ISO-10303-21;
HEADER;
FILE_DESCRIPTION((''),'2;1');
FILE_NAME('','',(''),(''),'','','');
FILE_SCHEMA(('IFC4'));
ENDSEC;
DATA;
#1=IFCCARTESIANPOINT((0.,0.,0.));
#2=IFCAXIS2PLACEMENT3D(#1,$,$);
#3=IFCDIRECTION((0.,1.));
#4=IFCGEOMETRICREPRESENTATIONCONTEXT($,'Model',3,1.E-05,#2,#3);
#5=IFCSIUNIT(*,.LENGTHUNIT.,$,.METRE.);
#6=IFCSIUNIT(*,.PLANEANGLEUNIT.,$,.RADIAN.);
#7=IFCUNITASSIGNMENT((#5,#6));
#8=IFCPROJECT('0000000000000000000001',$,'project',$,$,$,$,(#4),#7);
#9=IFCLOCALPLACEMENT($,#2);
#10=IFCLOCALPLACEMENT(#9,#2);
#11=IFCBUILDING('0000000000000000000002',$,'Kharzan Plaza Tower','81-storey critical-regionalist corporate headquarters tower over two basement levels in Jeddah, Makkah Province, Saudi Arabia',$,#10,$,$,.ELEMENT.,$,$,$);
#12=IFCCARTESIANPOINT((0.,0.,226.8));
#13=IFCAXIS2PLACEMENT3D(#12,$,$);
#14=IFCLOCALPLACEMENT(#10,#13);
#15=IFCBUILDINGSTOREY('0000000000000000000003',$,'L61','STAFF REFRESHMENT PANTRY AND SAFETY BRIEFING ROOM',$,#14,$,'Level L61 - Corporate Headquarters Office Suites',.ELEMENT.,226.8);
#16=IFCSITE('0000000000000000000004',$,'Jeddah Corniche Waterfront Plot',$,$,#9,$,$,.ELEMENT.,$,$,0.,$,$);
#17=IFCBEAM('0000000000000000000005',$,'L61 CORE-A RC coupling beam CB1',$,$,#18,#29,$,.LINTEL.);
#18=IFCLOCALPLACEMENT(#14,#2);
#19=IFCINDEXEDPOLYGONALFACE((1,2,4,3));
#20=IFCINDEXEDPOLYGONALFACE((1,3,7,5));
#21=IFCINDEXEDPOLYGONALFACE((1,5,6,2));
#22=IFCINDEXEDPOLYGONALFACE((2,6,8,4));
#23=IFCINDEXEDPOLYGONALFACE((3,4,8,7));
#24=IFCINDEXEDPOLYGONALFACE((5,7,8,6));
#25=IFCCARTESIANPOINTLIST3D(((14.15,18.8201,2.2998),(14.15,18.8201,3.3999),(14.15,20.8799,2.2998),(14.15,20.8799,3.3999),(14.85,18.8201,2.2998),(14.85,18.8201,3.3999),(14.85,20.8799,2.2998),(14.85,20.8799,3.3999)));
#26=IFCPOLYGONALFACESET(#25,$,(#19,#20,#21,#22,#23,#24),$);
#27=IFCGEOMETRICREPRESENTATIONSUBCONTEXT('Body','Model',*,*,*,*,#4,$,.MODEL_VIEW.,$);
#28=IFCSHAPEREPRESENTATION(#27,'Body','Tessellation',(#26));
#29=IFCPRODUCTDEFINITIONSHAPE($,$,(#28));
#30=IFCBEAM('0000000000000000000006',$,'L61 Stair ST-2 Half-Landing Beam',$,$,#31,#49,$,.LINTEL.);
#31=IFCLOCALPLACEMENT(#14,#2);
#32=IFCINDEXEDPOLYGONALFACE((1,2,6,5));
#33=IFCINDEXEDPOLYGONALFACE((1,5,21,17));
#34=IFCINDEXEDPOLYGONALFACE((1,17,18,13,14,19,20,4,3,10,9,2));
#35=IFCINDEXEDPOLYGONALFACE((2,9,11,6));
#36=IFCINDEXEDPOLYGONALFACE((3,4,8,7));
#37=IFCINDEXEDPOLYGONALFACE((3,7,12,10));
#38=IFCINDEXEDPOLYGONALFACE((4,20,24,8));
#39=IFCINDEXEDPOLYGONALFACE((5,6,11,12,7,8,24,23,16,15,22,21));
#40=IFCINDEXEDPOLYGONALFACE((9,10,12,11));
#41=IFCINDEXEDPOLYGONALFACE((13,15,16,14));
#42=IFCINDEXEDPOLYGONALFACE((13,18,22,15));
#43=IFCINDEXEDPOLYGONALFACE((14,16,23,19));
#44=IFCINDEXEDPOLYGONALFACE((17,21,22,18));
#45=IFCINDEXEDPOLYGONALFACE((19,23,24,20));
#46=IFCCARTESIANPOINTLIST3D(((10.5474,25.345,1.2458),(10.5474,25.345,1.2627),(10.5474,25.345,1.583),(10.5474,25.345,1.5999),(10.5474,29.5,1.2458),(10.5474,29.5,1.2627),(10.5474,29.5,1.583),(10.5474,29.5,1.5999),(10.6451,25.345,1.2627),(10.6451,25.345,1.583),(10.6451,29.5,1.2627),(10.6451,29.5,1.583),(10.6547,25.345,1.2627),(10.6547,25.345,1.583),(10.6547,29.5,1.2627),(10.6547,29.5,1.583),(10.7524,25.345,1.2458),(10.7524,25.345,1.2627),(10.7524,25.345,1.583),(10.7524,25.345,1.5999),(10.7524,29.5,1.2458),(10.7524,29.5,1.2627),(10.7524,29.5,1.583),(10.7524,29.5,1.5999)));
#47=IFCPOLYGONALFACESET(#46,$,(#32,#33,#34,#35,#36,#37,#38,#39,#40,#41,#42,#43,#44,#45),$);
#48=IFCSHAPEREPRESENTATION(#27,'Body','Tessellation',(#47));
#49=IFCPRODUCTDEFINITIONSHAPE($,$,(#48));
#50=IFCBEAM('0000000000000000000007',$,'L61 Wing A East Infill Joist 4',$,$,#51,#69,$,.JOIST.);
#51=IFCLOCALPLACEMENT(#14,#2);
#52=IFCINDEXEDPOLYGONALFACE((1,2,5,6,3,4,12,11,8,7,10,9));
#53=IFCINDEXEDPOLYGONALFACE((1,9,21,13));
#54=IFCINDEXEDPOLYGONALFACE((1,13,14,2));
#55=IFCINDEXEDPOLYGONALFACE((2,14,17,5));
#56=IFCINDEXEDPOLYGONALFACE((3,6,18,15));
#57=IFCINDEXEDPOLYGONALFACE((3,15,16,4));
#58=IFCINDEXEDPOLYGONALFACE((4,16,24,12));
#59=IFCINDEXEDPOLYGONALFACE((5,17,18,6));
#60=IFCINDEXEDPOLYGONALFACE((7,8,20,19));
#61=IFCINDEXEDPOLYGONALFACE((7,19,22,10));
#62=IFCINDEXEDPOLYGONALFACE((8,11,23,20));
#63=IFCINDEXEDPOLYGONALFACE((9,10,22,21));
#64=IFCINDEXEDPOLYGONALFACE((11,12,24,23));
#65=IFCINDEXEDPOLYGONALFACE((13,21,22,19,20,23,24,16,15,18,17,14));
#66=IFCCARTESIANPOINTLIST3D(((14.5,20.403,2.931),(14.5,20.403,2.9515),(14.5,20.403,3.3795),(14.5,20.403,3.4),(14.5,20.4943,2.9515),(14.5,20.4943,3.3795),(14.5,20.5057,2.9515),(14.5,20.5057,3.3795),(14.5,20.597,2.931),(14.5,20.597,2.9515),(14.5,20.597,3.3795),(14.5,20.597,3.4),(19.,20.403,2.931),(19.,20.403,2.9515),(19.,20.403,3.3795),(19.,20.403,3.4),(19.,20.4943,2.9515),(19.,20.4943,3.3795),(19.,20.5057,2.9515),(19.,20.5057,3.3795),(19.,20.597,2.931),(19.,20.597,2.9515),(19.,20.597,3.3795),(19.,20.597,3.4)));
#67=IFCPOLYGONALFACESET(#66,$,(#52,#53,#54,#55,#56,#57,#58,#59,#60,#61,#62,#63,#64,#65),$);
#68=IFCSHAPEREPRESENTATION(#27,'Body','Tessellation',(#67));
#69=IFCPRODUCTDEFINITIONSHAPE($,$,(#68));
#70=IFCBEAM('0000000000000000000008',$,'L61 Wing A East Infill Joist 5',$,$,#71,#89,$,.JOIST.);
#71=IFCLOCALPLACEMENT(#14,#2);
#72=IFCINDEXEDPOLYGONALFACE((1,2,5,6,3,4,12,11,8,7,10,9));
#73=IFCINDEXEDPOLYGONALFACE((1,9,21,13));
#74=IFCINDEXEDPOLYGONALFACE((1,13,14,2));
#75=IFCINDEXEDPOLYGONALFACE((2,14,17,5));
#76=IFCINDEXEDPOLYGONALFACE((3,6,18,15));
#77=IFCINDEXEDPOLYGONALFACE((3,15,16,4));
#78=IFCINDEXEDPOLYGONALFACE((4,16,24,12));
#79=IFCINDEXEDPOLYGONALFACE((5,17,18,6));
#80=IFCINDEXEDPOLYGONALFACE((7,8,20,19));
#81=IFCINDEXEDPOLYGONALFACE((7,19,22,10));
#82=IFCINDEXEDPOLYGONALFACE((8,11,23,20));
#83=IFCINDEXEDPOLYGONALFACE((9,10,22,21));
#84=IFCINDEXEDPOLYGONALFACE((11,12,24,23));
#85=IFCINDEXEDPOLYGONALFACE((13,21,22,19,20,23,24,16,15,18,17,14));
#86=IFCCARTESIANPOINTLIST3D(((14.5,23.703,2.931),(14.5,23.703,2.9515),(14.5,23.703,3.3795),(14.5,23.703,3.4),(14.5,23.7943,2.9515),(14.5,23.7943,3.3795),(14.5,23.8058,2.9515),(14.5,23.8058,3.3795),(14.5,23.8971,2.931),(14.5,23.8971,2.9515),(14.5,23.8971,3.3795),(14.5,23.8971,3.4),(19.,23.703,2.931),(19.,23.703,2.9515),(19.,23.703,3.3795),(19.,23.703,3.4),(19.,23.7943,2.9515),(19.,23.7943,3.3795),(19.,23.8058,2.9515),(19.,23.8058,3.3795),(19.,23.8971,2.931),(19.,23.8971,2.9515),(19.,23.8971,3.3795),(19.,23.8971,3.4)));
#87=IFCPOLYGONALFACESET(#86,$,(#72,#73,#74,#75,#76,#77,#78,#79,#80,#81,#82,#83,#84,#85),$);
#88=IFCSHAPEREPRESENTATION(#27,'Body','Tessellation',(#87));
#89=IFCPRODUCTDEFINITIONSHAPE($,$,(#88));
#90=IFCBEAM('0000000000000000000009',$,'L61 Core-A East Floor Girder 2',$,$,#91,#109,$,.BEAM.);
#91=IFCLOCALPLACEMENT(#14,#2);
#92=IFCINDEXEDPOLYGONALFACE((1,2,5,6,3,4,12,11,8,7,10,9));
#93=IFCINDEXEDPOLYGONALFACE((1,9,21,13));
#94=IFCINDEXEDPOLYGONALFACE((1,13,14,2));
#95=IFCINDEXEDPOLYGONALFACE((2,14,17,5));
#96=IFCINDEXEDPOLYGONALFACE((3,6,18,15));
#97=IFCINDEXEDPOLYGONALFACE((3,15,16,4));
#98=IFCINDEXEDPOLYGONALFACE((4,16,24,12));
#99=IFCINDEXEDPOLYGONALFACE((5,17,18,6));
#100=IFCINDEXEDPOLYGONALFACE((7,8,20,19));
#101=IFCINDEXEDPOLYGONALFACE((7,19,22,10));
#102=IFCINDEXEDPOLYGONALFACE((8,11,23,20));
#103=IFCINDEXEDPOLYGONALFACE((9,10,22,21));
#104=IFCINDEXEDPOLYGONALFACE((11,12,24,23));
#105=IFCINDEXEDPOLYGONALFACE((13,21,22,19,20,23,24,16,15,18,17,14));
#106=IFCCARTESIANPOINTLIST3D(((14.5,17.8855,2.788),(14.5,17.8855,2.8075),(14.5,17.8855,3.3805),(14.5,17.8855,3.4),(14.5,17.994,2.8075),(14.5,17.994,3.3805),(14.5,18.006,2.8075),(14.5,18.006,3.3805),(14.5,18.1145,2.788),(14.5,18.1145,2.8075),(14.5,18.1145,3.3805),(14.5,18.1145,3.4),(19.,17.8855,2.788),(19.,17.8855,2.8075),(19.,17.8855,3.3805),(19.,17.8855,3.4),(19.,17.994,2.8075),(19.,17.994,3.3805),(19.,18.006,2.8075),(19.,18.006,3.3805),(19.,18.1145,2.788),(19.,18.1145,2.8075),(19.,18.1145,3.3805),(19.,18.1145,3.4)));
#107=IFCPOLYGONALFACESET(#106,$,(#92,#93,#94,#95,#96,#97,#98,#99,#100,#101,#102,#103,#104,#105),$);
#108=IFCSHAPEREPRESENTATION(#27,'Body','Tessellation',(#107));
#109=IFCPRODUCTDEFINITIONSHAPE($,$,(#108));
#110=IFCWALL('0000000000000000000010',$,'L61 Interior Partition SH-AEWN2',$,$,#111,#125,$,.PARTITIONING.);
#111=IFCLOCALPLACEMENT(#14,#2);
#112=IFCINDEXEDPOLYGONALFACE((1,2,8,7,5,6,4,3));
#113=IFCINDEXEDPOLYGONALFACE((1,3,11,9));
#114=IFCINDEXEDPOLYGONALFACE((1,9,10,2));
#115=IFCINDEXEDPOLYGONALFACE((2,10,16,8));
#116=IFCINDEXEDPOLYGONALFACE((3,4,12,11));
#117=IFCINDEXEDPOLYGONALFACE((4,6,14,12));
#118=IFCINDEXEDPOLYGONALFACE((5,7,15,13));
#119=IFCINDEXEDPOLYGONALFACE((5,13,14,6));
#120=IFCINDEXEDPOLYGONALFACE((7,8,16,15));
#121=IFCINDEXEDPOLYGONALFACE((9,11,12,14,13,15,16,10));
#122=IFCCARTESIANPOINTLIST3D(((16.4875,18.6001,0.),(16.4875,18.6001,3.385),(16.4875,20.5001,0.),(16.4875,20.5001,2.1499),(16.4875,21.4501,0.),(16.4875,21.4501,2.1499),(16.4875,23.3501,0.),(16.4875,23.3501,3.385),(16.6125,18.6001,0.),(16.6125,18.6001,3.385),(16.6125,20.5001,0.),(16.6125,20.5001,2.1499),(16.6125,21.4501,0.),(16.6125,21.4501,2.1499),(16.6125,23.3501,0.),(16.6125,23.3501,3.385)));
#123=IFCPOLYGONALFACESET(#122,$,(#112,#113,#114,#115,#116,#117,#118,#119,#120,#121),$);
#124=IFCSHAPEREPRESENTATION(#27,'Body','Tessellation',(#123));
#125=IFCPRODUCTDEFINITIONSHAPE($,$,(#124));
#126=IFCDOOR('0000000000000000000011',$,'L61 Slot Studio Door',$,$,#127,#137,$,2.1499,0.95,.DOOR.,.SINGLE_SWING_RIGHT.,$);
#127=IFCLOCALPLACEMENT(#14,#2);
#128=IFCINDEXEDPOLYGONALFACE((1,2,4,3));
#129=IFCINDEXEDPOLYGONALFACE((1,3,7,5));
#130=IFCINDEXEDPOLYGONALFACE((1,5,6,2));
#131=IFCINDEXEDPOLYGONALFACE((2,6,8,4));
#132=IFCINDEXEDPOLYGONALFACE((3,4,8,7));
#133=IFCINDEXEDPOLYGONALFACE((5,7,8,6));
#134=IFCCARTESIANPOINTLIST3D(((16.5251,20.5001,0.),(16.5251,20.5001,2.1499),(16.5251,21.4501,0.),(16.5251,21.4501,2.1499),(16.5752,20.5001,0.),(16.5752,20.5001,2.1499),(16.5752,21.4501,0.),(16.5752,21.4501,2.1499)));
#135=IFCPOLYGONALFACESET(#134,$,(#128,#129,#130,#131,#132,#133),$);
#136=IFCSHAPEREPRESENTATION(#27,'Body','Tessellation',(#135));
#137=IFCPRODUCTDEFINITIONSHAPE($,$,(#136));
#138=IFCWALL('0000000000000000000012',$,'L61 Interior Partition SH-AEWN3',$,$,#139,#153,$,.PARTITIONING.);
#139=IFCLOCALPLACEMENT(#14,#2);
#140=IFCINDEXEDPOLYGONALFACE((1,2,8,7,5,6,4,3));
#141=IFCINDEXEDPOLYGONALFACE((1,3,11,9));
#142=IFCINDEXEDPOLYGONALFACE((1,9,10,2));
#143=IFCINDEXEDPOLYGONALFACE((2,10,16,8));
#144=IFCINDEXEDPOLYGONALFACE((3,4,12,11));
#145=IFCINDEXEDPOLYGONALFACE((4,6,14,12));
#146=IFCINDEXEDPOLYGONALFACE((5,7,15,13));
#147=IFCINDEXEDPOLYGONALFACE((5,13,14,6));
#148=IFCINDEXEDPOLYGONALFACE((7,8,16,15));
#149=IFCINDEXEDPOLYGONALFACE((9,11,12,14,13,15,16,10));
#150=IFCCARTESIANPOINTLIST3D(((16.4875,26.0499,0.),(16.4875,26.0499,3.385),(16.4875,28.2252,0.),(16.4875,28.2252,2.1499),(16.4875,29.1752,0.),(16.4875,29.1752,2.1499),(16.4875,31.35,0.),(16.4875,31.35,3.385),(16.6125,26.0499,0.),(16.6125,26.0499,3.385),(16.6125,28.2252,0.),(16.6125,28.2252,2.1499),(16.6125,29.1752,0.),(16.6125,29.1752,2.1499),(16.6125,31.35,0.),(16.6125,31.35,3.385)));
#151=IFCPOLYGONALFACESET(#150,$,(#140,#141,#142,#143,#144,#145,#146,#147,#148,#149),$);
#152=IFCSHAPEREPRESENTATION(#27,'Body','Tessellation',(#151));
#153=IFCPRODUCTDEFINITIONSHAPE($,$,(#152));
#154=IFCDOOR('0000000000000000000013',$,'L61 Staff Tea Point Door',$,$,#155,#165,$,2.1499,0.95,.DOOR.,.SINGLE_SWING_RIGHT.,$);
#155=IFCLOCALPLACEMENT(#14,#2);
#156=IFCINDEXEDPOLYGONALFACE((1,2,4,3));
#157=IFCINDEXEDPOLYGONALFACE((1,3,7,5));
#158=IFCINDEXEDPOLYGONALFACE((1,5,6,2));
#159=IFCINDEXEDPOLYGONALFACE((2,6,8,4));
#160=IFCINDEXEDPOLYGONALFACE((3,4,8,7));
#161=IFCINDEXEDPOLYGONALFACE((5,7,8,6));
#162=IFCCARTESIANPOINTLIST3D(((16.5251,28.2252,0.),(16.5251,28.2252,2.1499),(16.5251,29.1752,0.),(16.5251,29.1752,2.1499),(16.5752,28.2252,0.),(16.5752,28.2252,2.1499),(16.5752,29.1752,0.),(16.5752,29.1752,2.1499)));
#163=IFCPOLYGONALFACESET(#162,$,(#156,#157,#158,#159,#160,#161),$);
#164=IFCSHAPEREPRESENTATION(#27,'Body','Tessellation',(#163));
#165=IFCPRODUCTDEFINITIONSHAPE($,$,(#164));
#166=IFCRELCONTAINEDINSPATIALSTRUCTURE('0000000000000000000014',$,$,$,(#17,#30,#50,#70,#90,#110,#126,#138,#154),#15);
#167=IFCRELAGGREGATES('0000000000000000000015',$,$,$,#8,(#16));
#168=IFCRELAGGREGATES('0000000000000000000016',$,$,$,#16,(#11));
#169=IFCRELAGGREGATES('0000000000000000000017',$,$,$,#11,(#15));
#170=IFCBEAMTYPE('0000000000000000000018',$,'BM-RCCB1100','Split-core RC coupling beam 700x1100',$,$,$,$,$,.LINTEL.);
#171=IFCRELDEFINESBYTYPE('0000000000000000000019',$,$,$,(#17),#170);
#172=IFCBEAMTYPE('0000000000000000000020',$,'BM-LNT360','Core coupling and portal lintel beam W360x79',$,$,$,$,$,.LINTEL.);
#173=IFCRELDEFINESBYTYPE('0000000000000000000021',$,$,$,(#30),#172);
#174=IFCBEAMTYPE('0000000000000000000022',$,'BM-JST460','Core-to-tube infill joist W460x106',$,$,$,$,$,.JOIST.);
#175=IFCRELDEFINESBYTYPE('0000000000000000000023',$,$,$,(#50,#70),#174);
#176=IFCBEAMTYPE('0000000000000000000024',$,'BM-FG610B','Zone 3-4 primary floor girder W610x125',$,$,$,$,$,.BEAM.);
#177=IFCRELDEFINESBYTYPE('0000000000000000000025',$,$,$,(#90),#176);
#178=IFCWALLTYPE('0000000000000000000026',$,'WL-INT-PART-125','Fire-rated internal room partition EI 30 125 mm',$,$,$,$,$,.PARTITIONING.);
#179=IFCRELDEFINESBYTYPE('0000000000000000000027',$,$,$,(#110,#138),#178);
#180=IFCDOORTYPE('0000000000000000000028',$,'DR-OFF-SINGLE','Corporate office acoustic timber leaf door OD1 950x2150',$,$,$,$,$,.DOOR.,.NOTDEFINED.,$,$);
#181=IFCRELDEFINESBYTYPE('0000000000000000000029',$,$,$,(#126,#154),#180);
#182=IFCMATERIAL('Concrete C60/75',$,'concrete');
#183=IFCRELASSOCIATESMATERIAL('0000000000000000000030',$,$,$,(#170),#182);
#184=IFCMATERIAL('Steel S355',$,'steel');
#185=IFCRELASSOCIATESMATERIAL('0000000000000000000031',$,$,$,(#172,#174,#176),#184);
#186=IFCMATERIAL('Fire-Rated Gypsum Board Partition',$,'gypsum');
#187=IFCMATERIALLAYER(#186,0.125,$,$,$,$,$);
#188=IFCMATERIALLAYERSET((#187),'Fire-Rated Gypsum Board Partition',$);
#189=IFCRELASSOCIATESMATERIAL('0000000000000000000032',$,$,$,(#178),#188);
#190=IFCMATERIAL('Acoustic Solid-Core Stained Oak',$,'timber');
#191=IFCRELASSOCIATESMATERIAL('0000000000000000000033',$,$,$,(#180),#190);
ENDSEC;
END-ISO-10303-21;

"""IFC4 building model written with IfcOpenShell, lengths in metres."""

from ifc_helpers import new_model, si_unit, direction, frame, frame_2d, origin, origin_2d, place, context, subcontext, project, spatial, rectangle, i_section, extrude, source, transform, mapped, material, layer, layer_set, material_profile, profile_set, type_object, element, fill, save


model = new_model("IFC4")

# Units and contexts
model_context = context("Model", 3, precision=1e-05, world=origin(), true_north=direction((0.0, 1.0)))
body_context = subcontext(model_context, "Body", "Model", "MODEL_VIEW")
ifc_project = project(units=[si_unit("LENGTHUNIT", "METRE"), si_unit("PLANEANGLEUNIT", "RADIAN")], contexts=[model_context])

# Site, building, storey
site_placement = place(None, origin())
site = spatial("IfcSite", under=ifc_project, at=site_placement, Name="Jeddah Corniche Waterfront Plot", CompositionType="ELEMENT", RefElevation=0.0)
building_placement = place(site_placement, origin())
building = spatial("IfcBuilding", under=site, at=building_placement, Name="Kharzan Plaza Tower", Description="81-storey critical-regionalist corporate headquarters tower over two basement levels in Jeddah, Makkah Province, Saudi Arabia", CompositionType="ELEMENT")
storey_placement = place(building_placement, frame((0.0, 0.0, 226.8)))
storey = spatial("IfcBuildingStorey", under=building, at=storey_placement, Name="L61", Description="STAFF REFRESHMENT PANTRY AND SAFETY BRIEFING ROOM", LongName="Level L61 - Corporate Headquarters Office Suites", CompositionType="ELEMENT", Elevation=226.8)

# Beams
ifc_material_1 = material(Name="Concrete C60/75", Category="concrete")
ifc_material_profile_1 = material_profile(ifc_material_1, rectangle(XDim=0.7, YDim=1.1001, at=origin_2d()), Name="RC-CB1100x700")
ifc_profile_set_1 = profile_set([ifc_material_profile_1], Name="Concrete C60/75")
beam_type_1 = type_object("IfcBeamType", Name="BM-RCCB1100", Description="Split-core RC coupling beam 700x1100", PredefinedType="LINTEL", material=ifc_profile_set_1)
shared_shape_1 = source(origin(), body_context, "Body", "SweptSolid", [
    extrude(rectangle(XDim=0.7, YDim=1.1001, at=origin_2d()), origin(), (0.0, 0.0, 1.0), 2.0598),
])
beam_1_placement = place(storey_placement, frame((14.5, 18.8201, 2.8499), z_axis=(0.0, 1.0, 0.0), x_axis=(-1.0, 0.0, 0.0)))
element("IfcBeam", 1, at=beam_1_placement, inside=storey, type_object=beam_type_1, Name="L61 CORE-A RC coupling beam CB1", PredefinedType="LINTEL", context=body_context, shape_type="MappedRepresentation", body=[
    mapped(shared_shape_1, transform((0.0, 0.0, 0.0), x_axis=(1.0, 0.0, 0.0), y_axis=(0.0, 1.0, 0.0), z_axis=(0.0, 0.0, 1.0))),
])
ifc_material_2 = material(Name="Steel S355", Category="steel")
ifc_material_profile_2 = material_profile(ifc_material_2, i_section(OverallWidth=0.2051, OverallDepth=0.354, WebThickness=0.0095, FlangeThickness=0.0168, at=origin_2d()), Name="W360x79")
ifc_profile_set_2 = profile_set([ifc_material_profile_2], Name="Steel S355")
beam_type_2 = type_object("IfcBeamType", Name="BM-LNT360", Description="Core coupling and portal lintel beam W360x79", PredefinedType="LINTEL", material=ifc_profile_set_2)
shared_shape_2 = source(origin(), body_context, "Body", "SweptSolid", [
    extrude(i_section(OverallWidth=0.2051, OverallDepth=0.354, WebThickness=0.0095, FlangeThickness=0.0168, at=origin_2d()), origin(), (0.0, 0.0, 1.0), 4.155),
])
beam_2_placement = place(storey_placement, frame((10.6499, 25.345, 1.4229), z_axis=(0.0, 1.0, 0.0), x_axis=(-1.0, 0.0, 0.0)))
element("IfcBeam", 2, at=beam_2_placement, inside=storey, type_object=beam_type_2, Name="L61 Stair ST-2 Half-Landing Beam", PredefinedType="LINTEL", context=body_context, shape_type="MappedRepresentation", body=[
    mapped(shared_shape_2, transform((0.0, 0.0, 0.0), x_axis=(1.0, 0.0, 0.0), y_axis=(0.0, 1.0, 0.0), z_axis=(0.0, 0.0, 1.0))),
])
ifc_material_profile_3 = material_profile(ifc_material_2, i_section(OverallWidth=0.1941, OverallDepth=0.469, WebThickness=0.0115, FlangeThickness=0.0205, at=origin_2d()), Name="W460x106")
ifc_profile_set_3 = profile_set([ifc_material_profile_3], Name="Steel S355")
beam_type_3 = type_object("IfcBeamType", Name="BM-JST460", Description="Core-to-tube infill joist W460x106", PredefinedType="JOIST", material=ifc_profile_set_3)
shared_shape_3 = source(origin(), body_context, "Body", "SweptSolid", [
    extrude(i_section(OverallWidth=0.1941, OverallDepth=0.469, WebThickness=0.0115, FlangeThickness=0.0205, at=origin_2d()), origin(), (0.0, 0.0, 1.0), 4.5),
])
for number, where, z_axis, x_axis, name in (
    (3, (14.5, 20.5, 3.1655), (1.0, 0.0, 0.0), (0.0, 1.0, 0.0), "L61 Wing A East Infill Joist 4"),
    (4, (14.5, 23.8, 3.1655), (1.0, 0.0, 0.0), (0.0, 1.0, 0.0), "L61 Wing A East Infill Joist 5"),
):
    element("IfcBeam", number, at=place(storey_placement, frame(where, z_axis=z_axis, x_axis=x_axis)), inside=storey, type_object=beam_type_3, Name=name, PredefinedType="JOIST", context=body_context, shape_type="MappedRepresentation", body=[
        mapped(shared_shape_3, transform((0.0, 0.0, 0.0), x_axis=(1.0, 0.0, 0.0), y_axis=(0.0, 1.0, 0.0), z_axis=(0.0, 0.0, 1.0))),
    ])
ifc_material_profile_4 = material_profile(ifc_material_2, i_section(OverallWidth=0.229, OverallDepth=0.6121, WebThickness=0.012, FlangeThickness=0.0195, at=origin_2d()), Name="W610x125")
ifc_profile_set_4 = profile_set([ifc_material_profile_4], Name="Steel S355")
beam_type_4 = type_object("IfcBeamType", Name="BM-FG610B", Description="Zone 3-4 primary floor girder W610x125", PredefinedType="BEAM", material=ifc_profile_set_4)
shared_shape_4 = source(origin(), body_context, "Body", "SweptSolid", [
    extrude(i_section(OverallWidth=0.229, OverallDepth=0.6121, WebThickness=0.012, FlangeThickness=0.0195, at=origin_2d()), origin(), (0.0, 0.0, 1.0), 4.5),
])
beam_3_placement = place(storey_placement, frame((14.5, 18.0, 3.094), z_axis=(1.0, 0.0, 0.0), x_axis=(0.0, 1.0, 0.0)))
element("IfcBeam", 5, at=beam_3_placement, inside=storey, type_object=beam_type_4, Name="L61 Core-A East Floor Girder 2", PredefinedType="BEAM", context=body_context, shape_type="MappedRepresentation", body=[
    mapped(shared_shape_4, transform((0.0, 0.0, 0.0), x_axis=(1.0, 0.0, 0.0), y_axis=(0.0, 1.0, 0.0), z_axis=(0.0, 0.0, 1.0))),
])

# Walls, openings, doors
ifc_material_3 = material(Name="Fire-Rated Gypsum Board Partition", Category="gypsum")
ifc_layer_1 = layer(ifc_material_3, 0.125)
ifc_layer_set_1 = layer_set([ifc_layer_1], Name="Fire-Rated Gypsum Board Partition")
wall_type_1 = type_object("IfcWallType", Name="WL-INT-PART-125", Description="Fire-rated internal room partition EI 30 125 mm", PredefinedType="PARTITIONING", material=ifc_layer_set_1)
wall_1_placement = place(storey_placement, frame((16.55, 18.6001, 0.0), z_axis=(0.0, 0.0, 1.0), x_axis=(0.0, 1.0, 0.0)))
wall_1 = element("IfcWall", 6, at=wall_1_placement, inside=storey, type_object=wall_type_1, Name="L61 Interior Partition SH-AEWN2", PredefinedType="PARTITIONING", context=body_context, shape_type="SweptSolid", body=[
    extrude(rectangle(XDim=4.75, YDim=0.125, at=frame_2d((2.375, 0.0))), origin(), (0.0, 0.0, 1.0), 3.385),
])
opening_1_placement = place(wall_1_placement, frame((1.8999, 0.0, 0.0)))
opening_1 = element("IfcOpeningElement", 7, at=opening_1_placement, cuts=wall_1, PredefinedType="OPENING", context=body_context, shape_type="SweptSolid", body=[
    extrude(rectangle(XDim=0.95, YDim=2.1499, at=frame_2d((0.4751, 1.075))), frame((0.0, 0.0725, 0.0), z_axis=(0.0, -1.0, 0.0), x_axis=(1.0, 0.0, 0.0)), (0.0, 0.0, 1.0), 0.145),
])
ifc_material_4 = material(Name="Acoustic Solid-Core Stained Oak", Category="timber")
door_type_1 = type_object("IfcDoorType", Name="DR-OFF-SINGLE", Description="Corporate office acoustic timber leaf door OD1 950x2150", OperationType="NOTDEFINED", PredefinedType="DOOR", material=ifc_material_4)
shared_shape_5 = source(origin(), body_context, "Body", "SweptSolid", [
    extrude(rectangle(XDim=0.95, YDim=2.1499, at=frame_2d((0.4751, 1.075))), frame((0.0, 0.0249, 0.0), z_axis=(0.0, -1.0, 0.0), x_axis=(1.0, 0.0, 0.0)), (0.0, 0.0, 1.0), 0.05),
])
door_1_placement = place(opening_1_placement, origin())
door_1 = element("IfcDoor", 8, at=door_1_placement, inside=storey, type_object=door_type_1, Name="L61 Slot Studio Door", OperationType="SINGLE_SWING_RIGHT", OverallHeight=2.1499, OverallWidth=0.95, PredefinedType="DOOR", context=body_context, shape_type="MappedRepresentation", body=[
    mapped(shared_shape_5, transform((0.0, 0.0, 0.0), x_axis=(1.0, 0.0, 0.0), y_axis=(0.0, 1.0, 0.0), z_axis=(0.0, 0.0, 1.0))),
])
fill(opening_1, door_1)
wall_2_placement = place(storey_placement, frame((16.55, 26.05, 0.0), z_axis=(0.0, 0.0, 1.0), x_axis=(0.0, 1.0, 0.0)))
wall_2 = element("IfcWall", 9, at=wall_2_placement, inside=storey, type_object=wall_type_1, Name="L61 Interior Partition SH-AEWN3", PredefinedType="PARTITIONING", context=body_context, shape_type="SweptSolid", body=[
    extrude(rectangle(XDim=5.3, YDim=0.125, at=frame_2d((2.6499, 0.0))), origin(), (0.0, 0.0, 1.0), 3.385),
])
opening_2_placement = place(wall_2_placement, frame((2.175, 0.0, 0.0)))
opening_2 = element("IfcOpeningElement", 10, at=opening_2_placement, cuts=wall_2, PredefinedType="OPENING", context=body_context, shape_type="SweptSolid", body=[
    extrude(rectangle(XDim=0.95, YDim=2.1499, at=frame_2d((0.4751, 1.075))), frame((0.0, 0.0725, 0.0), z_axis=(0.0, -1.0, 0.0), x_axis=(1.0, 0.0, 0.0)), (0.0, 0.0, 1.0), 0.145),
])
door_2_placement = place(opening_2_placement, origin())
door_2 = element("IfcDoor", 11, at=door_2_placement, inside=storey, type_object=door_type_1, Name="L61 Staff Tea Point Door", OperationType="SINGLE_SWING_RIGHT", OverallHeight=2.1499, OverallWidth=0.95, PredefinedType="DOOR", context=body_context, shape_type="MappedRepresentation", body=[
    mapped(shared_shape_5, transform((0.0, 0.0, 0.0), x_axis=(1.0, 0.0, 0.0), y_axis=(0.0, 1.0, 0.0), z_axis=(0.0, 0.0, 1.0))),
])
fill(opening_2, door_2)

save(model, "model.ifc")
